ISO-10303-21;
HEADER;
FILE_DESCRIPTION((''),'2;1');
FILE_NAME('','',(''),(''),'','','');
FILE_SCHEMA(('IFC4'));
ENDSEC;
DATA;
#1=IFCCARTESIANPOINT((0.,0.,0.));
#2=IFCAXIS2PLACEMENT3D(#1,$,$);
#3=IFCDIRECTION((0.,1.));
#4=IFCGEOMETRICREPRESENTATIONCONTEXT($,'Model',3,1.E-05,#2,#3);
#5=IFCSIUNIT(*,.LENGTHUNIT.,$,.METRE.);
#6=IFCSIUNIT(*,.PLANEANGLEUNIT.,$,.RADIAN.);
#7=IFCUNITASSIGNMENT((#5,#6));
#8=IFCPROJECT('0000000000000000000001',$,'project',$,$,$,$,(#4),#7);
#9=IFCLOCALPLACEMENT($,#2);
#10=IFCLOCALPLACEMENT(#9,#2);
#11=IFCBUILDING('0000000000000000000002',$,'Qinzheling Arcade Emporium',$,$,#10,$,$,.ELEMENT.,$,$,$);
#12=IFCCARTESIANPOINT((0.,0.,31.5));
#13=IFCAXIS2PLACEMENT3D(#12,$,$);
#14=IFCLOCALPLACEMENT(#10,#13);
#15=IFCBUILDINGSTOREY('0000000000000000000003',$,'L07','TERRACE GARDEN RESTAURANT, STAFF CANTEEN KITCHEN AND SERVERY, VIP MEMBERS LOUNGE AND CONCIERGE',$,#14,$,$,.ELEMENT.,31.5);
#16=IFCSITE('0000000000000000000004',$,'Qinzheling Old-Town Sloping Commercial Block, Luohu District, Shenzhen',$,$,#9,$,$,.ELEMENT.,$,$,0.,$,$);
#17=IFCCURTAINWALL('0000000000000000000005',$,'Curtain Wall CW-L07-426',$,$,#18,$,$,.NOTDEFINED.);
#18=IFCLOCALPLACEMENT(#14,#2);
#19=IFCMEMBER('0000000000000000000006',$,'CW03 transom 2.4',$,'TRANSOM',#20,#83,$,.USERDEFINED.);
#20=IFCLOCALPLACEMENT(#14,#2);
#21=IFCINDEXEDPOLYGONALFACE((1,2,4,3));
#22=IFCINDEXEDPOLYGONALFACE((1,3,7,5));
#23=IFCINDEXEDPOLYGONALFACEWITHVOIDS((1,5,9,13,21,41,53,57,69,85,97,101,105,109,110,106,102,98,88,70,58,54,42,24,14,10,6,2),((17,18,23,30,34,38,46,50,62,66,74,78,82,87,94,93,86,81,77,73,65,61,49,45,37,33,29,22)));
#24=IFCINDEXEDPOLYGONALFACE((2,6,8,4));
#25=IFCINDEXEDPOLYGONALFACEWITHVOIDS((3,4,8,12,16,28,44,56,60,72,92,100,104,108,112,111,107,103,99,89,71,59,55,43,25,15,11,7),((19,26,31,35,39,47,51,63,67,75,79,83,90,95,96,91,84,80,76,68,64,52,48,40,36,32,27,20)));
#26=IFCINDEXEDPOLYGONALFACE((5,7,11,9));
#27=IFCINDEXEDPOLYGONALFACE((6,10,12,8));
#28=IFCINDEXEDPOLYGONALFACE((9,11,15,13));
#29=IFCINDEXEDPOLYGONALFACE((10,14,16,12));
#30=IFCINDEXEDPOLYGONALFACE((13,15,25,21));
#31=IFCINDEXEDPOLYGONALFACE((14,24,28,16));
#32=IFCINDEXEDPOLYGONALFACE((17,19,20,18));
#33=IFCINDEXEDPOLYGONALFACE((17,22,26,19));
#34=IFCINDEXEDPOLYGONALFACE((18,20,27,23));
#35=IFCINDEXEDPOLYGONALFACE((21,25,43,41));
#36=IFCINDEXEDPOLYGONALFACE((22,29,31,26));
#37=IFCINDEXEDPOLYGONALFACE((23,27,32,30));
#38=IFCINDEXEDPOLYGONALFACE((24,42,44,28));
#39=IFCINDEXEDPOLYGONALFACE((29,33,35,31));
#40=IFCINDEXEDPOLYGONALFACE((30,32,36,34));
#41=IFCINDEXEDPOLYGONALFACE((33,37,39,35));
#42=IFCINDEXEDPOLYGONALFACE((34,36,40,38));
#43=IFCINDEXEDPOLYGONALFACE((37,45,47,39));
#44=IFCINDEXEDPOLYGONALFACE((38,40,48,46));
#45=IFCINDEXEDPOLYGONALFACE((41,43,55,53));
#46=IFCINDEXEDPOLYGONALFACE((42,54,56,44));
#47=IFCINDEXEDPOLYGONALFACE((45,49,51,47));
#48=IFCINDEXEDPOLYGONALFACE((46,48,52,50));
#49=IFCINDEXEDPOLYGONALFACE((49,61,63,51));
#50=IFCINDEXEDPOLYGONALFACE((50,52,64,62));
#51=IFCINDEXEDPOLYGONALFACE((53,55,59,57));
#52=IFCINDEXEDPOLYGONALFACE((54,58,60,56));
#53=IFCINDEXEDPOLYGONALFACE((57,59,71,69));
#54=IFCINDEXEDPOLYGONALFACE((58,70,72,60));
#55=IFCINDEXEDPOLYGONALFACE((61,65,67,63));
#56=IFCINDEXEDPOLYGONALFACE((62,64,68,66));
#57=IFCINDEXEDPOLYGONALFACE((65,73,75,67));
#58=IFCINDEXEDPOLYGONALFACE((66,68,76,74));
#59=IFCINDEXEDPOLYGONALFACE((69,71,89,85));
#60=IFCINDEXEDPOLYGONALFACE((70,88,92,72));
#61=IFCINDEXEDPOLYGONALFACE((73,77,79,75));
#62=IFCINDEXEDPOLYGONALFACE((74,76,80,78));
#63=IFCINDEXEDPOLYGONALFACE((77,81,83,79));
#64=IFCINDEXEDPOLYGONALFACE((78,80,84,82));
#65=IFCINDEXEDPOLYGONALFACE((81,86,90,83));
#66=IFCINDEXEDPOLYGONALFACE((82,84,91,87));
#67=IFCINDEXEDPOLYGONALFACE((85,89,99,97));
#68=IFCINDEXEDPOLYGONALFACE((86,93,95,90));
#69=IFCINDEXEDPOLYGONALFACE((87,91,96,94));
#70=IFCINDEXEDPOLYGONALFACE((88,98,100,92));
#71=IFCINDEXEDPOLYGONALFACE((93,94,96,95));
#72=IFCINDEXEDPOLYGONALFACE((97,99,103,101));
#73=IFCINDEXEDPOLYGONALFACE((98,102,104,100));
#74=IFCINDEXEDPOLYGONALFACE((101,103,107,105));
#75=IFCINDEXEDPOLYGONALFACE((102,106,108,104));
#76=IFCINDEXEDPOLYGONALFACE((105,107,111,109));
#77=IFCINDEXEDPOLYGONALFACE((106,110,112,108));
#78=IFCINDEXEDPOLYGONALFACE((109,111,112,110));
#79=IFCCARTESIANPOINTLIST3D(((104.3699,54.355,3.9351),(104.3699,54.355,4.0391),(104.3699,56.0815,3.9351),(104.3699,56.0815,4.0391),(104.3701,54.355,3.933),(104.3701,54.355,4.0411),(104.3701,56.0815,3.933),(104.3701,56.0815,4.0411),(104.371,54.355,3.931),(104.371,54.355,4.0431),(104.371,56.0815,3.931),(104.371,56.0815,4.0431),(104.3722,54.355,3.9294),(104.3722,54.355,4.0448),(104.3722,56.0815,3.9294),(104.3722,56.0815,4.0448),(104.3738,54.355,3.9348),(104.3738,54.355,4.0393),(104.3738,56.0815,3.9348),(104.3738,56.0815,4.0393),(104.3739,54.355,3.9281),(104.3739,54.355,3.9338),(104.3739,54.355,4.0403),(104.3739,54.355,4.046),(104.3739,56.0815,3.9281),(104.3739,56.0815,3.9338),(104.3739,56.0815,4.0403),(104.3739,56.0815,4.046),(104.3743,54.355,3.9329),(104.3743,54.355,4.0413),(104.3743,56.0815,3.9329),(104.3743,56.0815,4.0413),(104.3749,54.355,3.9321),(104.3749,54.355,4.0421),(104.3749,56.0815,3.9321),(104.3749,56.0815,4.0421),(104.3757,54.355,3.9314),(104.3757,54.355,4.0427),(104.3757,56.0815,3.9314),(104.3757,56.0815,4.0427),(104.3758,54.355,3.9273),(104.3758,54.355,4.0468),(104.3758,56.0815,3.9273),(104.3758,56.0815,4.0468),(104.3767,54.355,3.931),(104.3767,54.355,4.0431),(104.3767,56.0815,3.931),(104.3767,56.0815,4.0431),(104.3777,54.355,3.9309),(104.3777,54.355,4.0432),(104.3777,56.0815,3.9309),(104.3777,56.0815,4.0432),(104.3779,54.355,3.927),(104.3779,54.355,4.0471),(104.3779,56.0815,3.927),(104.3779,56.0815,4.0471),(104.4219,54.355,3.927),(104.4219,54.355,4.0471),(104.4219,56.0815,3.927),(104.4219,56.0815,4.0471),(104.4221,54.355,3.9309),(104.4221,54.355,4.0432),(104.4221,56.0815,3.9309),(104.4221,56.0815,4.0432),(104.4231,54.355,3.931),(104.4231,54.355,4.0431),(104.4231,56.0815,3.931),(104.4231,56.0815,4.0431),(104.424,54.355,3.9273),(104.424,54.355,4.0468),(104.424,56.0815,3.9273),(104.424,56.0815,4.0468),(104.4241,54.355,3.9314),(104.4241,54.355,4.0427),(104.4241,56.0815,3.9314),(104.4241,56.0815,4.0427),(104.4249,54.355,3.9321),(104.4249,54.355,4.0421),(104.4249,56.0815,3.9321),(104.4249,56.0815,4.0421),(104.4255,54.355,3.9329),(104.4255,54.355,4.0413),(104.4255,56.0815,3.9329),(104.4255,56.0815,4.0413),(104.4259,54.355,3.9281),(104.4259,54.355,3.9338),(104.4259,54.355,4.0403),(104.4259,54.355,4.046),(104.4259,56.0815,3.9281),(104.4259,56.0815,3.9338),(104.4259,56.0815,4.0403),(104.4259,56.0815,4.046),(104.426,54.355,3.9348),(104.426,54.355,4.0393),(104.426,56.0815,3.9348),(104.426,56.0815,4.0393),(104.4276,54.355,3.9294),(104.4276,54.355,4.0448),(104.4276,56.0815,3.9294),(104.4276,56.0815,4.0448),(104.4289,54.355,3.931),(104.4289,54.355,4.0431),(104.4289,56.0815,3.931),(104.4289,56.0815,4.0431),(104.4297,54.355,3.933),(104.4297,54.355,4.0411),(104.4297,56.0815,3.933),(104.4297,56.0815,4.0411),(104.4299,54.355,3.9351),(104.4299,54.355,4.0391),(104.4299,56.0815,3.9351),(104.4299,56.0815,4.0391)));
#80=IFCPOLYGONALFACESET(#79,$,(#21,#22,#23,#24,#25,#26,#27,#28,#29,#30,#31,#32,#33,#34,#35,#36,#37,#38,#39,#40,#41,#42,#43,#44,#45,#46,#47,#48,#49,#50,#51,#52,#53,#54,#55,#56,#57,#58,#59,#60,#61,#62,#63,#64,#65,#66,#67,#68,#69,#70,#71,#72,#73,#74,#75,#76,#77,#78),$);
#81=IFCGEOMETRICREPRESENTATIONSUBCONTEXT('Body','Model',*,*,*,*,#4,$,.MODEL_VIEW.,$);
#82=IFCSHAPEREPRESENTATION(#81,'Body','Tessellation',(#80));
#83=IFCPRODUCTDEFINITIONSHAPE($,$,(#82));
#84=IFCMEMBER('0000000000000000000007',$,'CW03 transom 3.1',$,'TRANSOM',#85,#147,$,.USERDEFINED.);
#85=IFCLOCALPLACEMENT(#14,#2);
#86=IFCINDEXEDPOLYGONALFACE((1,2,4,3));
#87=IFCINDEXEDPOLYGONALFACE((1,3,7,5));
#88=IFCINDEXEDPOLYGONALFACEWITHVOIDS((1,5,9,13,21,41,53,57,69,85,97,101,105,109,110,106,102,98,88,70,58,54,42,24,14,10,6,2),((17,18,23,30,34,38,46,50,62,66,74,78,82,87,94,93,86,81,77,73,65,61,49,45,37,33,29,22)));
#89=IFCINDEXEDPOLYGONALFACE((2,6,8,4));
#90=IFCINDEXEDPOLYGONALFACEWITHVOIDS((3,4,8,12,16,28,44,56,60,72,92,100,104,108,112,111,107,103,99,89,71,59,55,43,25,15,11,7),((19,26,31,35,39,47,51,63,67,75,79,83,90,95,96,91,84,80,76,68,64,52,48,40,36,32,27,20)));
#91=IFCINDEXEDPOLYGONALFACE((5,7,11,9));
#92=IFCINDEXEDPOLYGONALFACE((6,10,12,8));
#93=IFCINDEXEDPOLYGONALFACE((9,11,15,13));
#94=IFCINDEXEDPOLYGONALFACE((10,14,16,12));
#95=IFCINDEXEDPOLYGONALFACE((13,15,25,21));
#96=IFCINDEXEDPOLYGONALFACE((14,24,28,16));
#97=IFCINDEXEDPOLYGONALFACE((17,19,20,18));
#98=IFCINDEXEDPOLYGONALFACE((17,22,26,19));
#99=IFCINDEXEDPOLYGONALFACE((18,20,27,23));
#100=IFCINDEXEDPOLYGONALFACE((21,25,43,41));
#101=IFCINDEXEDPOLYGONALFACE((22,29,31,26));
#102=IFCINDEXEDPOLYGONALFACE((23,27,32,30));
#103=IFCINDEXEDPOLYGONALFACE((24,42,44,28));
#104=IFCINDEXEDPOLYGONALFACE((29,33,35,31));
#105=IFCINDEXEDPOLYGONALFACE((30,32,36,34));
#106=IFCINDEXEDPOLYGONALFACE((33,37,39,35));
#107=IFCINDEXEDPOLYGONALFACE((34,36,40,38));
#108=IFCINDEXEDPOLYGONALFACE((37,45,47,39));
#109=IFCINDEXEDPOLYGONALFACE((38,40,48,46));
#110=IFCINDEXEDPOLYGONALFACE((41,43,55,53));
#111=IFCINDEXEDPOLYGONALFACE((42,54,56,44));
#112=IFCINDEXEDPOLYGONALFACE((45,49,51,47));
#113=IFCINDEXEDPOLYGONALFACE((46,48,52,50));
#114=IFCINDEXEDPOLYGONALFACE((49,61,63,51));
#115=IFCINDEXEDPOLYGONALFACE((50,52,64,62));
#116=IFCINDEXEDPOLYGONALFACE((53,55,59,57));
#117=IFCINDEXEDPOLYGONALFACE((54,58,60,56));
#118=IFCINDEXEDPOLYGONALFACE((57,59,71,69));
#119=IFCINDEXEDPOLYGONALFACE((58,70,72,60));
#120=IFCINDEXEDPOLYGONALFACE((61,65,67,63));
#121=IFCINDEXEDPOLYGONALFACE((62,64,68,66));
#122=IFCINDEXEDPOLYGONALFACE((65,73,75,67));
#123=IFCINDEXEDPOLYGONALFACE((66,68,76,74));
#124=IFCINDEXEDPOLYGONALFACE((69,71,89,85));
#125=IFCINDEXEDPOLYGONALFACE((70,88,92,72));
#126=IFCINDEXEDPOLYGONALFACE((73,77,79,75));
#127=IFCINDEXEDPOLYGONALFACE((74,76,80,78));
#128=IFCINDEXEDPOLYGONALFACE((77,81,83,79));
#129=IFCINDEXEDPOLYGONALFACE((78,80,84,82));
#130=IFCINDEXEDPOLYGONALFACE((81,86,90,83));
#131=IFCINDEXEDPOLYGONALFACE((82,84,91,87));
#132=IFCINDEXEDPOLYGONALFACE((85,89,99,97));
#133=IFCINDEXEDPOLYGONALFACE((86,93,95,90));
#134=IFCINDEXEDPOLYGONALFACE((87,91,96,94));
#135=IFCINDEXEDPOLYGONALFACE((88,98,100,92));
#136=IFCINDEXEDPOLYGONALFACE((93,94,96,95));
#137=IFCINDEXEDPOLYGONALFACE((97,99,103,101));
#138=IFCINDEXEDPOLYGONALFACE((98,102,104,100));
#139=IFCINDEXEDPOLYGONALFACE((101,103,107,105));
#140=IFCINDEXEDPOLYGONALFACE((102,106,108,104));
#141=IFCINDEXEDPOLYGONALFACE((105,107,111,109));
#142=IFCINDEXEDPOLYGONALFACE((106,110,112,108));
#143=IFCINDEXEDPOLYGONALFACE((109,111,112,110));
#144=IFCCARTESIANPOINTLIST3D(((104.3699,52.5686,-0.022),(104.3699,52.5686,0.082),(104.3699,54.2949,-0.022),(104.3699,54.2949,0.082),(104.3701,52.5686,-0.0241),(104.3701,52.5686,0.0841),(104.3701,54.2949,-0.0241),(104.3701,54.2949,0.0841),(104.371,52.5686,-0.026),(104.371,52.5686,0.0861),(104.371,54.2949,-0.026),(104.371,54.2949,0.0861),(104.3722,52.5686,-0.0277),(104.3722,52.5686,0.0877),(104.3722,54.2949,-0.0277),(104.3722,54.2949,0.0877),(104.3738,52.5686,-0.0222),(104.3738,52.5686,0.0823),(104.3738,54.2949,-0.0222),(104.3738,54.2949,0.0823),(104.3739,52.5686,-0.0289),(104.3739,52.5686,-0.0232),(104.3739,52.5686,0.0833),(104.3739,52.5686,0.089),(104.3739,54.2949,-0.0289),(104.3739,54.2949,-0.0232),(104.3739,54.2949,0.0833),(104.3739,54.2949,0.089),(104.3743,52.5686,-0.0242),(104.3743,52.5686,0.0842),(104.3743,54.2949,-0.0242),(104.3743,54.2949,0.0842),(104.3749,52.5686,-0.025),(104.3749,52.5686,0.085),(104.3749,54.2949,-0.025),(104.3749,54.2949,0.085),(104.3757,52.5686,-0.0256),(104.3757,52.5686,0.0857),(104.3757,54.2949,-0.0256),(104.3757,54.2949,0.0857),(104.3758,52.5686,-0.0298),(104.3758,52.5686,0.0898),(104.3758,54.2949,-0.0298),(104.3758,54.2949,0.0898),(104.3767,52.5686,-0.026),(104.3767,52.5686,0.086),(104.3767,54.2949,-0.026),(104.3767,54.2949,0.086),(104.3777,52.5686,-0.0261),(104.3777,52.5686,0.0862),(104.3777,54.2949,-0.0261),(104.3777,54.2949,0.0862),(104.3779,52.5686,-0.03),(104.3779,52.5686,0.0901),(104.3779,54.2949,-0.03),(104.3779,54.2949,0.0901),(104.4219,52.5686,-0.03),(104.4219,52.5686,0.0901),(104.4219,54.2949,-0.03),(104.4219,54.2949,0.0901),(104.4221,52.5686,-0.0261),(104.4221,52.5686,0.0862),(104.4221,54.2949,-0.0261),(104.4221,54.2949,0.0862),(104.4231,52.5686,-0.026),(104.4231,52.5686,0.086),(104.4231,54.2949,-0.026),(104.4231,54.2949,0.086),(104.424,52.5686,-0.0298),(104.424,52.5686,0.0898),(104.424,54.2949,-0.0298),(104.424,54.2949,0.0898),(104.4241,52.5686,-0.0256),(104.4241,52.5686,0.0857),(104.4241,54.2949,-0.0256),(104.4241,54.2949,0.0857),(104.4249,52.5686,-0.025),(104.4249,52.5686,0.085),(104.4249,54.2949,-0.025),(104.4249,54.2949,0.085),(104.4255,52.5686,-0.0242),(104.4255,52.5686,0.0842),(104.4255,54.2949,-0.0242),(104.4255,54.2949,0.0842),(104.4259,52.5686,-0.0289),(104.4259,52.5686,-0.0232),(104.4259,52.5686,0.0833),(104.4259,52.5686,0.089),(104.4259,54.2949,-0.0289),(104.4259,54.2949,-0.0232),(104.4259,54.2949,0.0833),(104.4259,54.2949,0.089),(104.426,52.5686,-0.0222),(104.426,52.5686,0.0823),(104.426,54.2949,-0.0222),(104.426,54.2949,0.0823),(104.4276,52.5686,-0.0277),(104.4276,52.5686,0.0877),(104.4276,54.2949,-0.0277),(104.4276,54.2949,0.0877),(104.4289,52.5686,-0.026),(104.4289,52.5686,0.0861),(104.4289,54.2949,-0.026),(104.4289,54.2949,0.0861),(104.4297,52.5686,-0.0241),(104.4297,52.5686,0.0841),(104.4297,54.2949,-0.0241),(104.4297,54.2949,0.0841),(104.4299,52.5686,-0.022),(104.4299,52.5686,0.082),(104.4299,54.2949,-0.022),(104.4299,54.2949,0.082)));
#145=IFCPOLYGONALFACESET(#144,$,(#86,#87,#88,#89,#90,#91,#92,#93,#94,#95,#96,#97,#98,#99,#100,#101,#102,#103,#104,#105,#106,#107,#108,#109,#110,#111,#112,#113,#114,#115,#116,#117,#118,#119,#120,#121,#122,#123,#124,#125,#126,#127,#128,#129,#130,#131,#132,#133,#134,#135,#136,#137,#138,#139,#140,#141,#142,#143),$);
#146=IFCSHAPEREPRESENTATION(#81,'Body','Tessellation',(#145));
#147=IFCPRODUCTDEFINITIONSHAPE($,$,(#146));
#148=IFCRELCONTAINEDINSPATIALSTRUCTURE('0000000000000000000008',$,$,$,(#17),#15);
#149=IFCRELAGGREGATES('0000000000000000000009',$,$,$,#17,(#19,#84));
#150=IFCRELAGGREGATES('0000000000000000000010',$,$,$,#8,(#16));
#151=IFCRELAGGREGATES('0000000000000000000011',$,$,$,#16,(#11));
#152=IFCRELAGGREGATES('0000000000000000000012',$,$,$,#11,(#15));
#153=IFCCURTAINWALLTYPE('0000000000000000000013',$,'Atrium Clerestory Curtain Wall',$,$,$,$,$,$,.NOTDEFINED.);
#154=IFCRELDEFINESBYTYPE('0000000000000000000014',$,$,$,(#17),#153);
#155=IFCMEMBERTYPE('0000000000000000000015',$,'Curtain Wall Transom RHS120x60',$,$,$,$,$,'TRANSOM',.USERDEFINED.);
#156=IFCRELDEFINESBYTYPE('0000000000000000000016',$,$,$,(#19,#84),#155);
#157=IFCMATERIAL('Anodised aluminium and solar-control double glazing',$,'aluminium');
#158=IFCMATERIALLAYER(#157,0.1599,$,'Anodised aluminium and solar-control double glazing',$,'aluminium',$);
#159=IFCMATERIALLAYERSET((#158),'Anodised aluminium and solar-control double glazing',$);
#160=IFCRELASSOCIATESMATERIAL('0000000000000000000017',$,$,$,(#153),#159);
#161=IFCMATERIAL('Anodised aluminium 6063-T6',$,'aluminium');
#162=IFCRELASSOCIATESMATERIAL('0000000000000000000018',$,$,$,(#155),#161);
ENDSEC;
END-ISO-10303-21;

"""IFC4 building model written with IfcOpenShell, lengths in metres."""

from ifc_helpers import new_model, si_unit, direction, frame, origin, origin_2d, place, context, subcontext, project, spatial, hollow_rectangle, extrude, material, layer, layer_set, material_profile, profile_set, type_object, element, aggregate, save


model = new_model("IFC4")

# Units and contexts
model_context = context("Model", 3, precision=1e-05, world=origin(), true_north=direction((0.0, 1.0)))
body_context = subcontext(model_context, "Body", "Model", "MODEL_VIEW")
ifc_project = project(units=[si_unit("LENGTHUNIT", "METRE"), si_unit("PLANEANGLEUNIT", "RADIAN")], contexts=[model_context])

# Site, building, storey
site_placement = place(None, origin())
site = spatial("IfcSite", under=ifc_project, at=site_placement, Name="Qinzheling Old-Town Sloping Commercial Block, Luohu District, Shenzhen", CompositionType="ELEMENT", RefElevation=0.0)
building_placement = place(site_placement, origin())
building = spatial("IfcBuilding", under=site, at=building_placement, Name="Qinzheling Arcade Emporium", CompositionType="ELEMENT")
storey_placement = place(building_placement, frame((0.0, 0.0, 31.5)))
storey = spatial("IfcBuildingStorey", under=building, at=storey_placement, Name="L07", Description="TERRACE GARDEN RESTAURANT, STAFF CANTEEN KITCHEN AND SERVERY, VIP MEMBERS LOUNGE AND CONCIERGE", CompositionType="ELEMENT", Elevation=31.5)

# Curtain wall, members
ifc_material_1 = material(Name="Anodised aluminium and solar-control double glazing", Category="aluminium")
ifc_layer_1 = layer(ifc_material_1, 0.1599, Name="Anodised aluminium and solar-control double glazing", Category="aluminium")
ifc_layer_set_1 = layer_set([ifc_layer_1], Name="Anodised aluminium and solar-control double glazing")
curtain_wall_type = type_object("IfcCurtainWallType", Name="Atrium Clerestory Curtain Wall", PredefinedType="NOTDEFINED", material=ifc_layer_set_1)
curtain_wall_placement = place(storey_placement, origin())
curtain_wall = element("IfcCurtainWall", 1, at=curtain_wall_placement, inside=storey, type_object=curtain_wall_type, Name="Curtain Wall CW-L07-426", PredefinedType="NOTDEFINED")
ifc_material_2 = material(Name="Anodised aluminium 6063-T6", Category="aluminium")
ifc_material_profile_1 = material_profile(ifc_material_2, hollow_rectangle(XDim=0.0601, YDim=0.1201, WallThickness=0.0039, InnerFilletRadius=0.0039, OuterFilletRadius=0.0081, at=origin_2d()), Name="RHS 120x60x4", Category="aluminium")
ifc_profile_set_1 = profile_set([ifc_material_profile_1], Name="Anodised aluminium 6063-T6")
member_type_1 = type_object("IfcMemberType", Name="Curtain Wall Transom RHS120x60", ElementType="TRANSOM", PredefinedType="USERDEFINED", material=ifc_profile_set_1)
member_1_placement = place(storey_placement, frame((104.3999, 56.0815, 3.9871), z_axis=(0.0, -1.0, 0.0), x_axis=(1.0, 0.0, 0.0)))
member_1 = element("IfcMember", 2, at=member_1_placement, type_object=member_type_1, Name="CW03 transom 2.4", ObjectType="TRANSOM", PredefinedType="USERDEFINED", context=body_context, shape_type="SweptSolid", body=[
    extrude(hollow_rectangle(XDim=0.0601, YDim=0.1201, WallThickness=0.0039, InnerFilletRadius=0.0039, OuterFilletRadius=0.0081, at=origin_2d()), origin(), (0.0, 0.0, 1.0), 1.7266),
])
member_2_placement = place(storey_placement, frame((104.3999, 54.2949, 0.03), z_axis=(0.0, -1.0, 0.0), x_axis=(1.0, 0.0, 0.0)))
member_2 = element("IfcMember", 3, at=member_2_placement, type_object=member_type_1, Name="CW03 transom 3.1", ObjectType="TRANSOM", PredefinedType="USERDEFINED", context=body_context, shape_type="SweptSolid", body=[
    extrude(hollow_rectangle(XDim=0.0601, YDim=0.1201, WallThickness=0.0039, InnerFilletRadius=0.0039, OuterFilletRadius=0.0081, at=origin_2d()), origin(), (0.0, 0.0, 1.0), 1.7263),
])
aggregate(curtain_wall, [member_1, member_2])

save(model, "model.ifc")
